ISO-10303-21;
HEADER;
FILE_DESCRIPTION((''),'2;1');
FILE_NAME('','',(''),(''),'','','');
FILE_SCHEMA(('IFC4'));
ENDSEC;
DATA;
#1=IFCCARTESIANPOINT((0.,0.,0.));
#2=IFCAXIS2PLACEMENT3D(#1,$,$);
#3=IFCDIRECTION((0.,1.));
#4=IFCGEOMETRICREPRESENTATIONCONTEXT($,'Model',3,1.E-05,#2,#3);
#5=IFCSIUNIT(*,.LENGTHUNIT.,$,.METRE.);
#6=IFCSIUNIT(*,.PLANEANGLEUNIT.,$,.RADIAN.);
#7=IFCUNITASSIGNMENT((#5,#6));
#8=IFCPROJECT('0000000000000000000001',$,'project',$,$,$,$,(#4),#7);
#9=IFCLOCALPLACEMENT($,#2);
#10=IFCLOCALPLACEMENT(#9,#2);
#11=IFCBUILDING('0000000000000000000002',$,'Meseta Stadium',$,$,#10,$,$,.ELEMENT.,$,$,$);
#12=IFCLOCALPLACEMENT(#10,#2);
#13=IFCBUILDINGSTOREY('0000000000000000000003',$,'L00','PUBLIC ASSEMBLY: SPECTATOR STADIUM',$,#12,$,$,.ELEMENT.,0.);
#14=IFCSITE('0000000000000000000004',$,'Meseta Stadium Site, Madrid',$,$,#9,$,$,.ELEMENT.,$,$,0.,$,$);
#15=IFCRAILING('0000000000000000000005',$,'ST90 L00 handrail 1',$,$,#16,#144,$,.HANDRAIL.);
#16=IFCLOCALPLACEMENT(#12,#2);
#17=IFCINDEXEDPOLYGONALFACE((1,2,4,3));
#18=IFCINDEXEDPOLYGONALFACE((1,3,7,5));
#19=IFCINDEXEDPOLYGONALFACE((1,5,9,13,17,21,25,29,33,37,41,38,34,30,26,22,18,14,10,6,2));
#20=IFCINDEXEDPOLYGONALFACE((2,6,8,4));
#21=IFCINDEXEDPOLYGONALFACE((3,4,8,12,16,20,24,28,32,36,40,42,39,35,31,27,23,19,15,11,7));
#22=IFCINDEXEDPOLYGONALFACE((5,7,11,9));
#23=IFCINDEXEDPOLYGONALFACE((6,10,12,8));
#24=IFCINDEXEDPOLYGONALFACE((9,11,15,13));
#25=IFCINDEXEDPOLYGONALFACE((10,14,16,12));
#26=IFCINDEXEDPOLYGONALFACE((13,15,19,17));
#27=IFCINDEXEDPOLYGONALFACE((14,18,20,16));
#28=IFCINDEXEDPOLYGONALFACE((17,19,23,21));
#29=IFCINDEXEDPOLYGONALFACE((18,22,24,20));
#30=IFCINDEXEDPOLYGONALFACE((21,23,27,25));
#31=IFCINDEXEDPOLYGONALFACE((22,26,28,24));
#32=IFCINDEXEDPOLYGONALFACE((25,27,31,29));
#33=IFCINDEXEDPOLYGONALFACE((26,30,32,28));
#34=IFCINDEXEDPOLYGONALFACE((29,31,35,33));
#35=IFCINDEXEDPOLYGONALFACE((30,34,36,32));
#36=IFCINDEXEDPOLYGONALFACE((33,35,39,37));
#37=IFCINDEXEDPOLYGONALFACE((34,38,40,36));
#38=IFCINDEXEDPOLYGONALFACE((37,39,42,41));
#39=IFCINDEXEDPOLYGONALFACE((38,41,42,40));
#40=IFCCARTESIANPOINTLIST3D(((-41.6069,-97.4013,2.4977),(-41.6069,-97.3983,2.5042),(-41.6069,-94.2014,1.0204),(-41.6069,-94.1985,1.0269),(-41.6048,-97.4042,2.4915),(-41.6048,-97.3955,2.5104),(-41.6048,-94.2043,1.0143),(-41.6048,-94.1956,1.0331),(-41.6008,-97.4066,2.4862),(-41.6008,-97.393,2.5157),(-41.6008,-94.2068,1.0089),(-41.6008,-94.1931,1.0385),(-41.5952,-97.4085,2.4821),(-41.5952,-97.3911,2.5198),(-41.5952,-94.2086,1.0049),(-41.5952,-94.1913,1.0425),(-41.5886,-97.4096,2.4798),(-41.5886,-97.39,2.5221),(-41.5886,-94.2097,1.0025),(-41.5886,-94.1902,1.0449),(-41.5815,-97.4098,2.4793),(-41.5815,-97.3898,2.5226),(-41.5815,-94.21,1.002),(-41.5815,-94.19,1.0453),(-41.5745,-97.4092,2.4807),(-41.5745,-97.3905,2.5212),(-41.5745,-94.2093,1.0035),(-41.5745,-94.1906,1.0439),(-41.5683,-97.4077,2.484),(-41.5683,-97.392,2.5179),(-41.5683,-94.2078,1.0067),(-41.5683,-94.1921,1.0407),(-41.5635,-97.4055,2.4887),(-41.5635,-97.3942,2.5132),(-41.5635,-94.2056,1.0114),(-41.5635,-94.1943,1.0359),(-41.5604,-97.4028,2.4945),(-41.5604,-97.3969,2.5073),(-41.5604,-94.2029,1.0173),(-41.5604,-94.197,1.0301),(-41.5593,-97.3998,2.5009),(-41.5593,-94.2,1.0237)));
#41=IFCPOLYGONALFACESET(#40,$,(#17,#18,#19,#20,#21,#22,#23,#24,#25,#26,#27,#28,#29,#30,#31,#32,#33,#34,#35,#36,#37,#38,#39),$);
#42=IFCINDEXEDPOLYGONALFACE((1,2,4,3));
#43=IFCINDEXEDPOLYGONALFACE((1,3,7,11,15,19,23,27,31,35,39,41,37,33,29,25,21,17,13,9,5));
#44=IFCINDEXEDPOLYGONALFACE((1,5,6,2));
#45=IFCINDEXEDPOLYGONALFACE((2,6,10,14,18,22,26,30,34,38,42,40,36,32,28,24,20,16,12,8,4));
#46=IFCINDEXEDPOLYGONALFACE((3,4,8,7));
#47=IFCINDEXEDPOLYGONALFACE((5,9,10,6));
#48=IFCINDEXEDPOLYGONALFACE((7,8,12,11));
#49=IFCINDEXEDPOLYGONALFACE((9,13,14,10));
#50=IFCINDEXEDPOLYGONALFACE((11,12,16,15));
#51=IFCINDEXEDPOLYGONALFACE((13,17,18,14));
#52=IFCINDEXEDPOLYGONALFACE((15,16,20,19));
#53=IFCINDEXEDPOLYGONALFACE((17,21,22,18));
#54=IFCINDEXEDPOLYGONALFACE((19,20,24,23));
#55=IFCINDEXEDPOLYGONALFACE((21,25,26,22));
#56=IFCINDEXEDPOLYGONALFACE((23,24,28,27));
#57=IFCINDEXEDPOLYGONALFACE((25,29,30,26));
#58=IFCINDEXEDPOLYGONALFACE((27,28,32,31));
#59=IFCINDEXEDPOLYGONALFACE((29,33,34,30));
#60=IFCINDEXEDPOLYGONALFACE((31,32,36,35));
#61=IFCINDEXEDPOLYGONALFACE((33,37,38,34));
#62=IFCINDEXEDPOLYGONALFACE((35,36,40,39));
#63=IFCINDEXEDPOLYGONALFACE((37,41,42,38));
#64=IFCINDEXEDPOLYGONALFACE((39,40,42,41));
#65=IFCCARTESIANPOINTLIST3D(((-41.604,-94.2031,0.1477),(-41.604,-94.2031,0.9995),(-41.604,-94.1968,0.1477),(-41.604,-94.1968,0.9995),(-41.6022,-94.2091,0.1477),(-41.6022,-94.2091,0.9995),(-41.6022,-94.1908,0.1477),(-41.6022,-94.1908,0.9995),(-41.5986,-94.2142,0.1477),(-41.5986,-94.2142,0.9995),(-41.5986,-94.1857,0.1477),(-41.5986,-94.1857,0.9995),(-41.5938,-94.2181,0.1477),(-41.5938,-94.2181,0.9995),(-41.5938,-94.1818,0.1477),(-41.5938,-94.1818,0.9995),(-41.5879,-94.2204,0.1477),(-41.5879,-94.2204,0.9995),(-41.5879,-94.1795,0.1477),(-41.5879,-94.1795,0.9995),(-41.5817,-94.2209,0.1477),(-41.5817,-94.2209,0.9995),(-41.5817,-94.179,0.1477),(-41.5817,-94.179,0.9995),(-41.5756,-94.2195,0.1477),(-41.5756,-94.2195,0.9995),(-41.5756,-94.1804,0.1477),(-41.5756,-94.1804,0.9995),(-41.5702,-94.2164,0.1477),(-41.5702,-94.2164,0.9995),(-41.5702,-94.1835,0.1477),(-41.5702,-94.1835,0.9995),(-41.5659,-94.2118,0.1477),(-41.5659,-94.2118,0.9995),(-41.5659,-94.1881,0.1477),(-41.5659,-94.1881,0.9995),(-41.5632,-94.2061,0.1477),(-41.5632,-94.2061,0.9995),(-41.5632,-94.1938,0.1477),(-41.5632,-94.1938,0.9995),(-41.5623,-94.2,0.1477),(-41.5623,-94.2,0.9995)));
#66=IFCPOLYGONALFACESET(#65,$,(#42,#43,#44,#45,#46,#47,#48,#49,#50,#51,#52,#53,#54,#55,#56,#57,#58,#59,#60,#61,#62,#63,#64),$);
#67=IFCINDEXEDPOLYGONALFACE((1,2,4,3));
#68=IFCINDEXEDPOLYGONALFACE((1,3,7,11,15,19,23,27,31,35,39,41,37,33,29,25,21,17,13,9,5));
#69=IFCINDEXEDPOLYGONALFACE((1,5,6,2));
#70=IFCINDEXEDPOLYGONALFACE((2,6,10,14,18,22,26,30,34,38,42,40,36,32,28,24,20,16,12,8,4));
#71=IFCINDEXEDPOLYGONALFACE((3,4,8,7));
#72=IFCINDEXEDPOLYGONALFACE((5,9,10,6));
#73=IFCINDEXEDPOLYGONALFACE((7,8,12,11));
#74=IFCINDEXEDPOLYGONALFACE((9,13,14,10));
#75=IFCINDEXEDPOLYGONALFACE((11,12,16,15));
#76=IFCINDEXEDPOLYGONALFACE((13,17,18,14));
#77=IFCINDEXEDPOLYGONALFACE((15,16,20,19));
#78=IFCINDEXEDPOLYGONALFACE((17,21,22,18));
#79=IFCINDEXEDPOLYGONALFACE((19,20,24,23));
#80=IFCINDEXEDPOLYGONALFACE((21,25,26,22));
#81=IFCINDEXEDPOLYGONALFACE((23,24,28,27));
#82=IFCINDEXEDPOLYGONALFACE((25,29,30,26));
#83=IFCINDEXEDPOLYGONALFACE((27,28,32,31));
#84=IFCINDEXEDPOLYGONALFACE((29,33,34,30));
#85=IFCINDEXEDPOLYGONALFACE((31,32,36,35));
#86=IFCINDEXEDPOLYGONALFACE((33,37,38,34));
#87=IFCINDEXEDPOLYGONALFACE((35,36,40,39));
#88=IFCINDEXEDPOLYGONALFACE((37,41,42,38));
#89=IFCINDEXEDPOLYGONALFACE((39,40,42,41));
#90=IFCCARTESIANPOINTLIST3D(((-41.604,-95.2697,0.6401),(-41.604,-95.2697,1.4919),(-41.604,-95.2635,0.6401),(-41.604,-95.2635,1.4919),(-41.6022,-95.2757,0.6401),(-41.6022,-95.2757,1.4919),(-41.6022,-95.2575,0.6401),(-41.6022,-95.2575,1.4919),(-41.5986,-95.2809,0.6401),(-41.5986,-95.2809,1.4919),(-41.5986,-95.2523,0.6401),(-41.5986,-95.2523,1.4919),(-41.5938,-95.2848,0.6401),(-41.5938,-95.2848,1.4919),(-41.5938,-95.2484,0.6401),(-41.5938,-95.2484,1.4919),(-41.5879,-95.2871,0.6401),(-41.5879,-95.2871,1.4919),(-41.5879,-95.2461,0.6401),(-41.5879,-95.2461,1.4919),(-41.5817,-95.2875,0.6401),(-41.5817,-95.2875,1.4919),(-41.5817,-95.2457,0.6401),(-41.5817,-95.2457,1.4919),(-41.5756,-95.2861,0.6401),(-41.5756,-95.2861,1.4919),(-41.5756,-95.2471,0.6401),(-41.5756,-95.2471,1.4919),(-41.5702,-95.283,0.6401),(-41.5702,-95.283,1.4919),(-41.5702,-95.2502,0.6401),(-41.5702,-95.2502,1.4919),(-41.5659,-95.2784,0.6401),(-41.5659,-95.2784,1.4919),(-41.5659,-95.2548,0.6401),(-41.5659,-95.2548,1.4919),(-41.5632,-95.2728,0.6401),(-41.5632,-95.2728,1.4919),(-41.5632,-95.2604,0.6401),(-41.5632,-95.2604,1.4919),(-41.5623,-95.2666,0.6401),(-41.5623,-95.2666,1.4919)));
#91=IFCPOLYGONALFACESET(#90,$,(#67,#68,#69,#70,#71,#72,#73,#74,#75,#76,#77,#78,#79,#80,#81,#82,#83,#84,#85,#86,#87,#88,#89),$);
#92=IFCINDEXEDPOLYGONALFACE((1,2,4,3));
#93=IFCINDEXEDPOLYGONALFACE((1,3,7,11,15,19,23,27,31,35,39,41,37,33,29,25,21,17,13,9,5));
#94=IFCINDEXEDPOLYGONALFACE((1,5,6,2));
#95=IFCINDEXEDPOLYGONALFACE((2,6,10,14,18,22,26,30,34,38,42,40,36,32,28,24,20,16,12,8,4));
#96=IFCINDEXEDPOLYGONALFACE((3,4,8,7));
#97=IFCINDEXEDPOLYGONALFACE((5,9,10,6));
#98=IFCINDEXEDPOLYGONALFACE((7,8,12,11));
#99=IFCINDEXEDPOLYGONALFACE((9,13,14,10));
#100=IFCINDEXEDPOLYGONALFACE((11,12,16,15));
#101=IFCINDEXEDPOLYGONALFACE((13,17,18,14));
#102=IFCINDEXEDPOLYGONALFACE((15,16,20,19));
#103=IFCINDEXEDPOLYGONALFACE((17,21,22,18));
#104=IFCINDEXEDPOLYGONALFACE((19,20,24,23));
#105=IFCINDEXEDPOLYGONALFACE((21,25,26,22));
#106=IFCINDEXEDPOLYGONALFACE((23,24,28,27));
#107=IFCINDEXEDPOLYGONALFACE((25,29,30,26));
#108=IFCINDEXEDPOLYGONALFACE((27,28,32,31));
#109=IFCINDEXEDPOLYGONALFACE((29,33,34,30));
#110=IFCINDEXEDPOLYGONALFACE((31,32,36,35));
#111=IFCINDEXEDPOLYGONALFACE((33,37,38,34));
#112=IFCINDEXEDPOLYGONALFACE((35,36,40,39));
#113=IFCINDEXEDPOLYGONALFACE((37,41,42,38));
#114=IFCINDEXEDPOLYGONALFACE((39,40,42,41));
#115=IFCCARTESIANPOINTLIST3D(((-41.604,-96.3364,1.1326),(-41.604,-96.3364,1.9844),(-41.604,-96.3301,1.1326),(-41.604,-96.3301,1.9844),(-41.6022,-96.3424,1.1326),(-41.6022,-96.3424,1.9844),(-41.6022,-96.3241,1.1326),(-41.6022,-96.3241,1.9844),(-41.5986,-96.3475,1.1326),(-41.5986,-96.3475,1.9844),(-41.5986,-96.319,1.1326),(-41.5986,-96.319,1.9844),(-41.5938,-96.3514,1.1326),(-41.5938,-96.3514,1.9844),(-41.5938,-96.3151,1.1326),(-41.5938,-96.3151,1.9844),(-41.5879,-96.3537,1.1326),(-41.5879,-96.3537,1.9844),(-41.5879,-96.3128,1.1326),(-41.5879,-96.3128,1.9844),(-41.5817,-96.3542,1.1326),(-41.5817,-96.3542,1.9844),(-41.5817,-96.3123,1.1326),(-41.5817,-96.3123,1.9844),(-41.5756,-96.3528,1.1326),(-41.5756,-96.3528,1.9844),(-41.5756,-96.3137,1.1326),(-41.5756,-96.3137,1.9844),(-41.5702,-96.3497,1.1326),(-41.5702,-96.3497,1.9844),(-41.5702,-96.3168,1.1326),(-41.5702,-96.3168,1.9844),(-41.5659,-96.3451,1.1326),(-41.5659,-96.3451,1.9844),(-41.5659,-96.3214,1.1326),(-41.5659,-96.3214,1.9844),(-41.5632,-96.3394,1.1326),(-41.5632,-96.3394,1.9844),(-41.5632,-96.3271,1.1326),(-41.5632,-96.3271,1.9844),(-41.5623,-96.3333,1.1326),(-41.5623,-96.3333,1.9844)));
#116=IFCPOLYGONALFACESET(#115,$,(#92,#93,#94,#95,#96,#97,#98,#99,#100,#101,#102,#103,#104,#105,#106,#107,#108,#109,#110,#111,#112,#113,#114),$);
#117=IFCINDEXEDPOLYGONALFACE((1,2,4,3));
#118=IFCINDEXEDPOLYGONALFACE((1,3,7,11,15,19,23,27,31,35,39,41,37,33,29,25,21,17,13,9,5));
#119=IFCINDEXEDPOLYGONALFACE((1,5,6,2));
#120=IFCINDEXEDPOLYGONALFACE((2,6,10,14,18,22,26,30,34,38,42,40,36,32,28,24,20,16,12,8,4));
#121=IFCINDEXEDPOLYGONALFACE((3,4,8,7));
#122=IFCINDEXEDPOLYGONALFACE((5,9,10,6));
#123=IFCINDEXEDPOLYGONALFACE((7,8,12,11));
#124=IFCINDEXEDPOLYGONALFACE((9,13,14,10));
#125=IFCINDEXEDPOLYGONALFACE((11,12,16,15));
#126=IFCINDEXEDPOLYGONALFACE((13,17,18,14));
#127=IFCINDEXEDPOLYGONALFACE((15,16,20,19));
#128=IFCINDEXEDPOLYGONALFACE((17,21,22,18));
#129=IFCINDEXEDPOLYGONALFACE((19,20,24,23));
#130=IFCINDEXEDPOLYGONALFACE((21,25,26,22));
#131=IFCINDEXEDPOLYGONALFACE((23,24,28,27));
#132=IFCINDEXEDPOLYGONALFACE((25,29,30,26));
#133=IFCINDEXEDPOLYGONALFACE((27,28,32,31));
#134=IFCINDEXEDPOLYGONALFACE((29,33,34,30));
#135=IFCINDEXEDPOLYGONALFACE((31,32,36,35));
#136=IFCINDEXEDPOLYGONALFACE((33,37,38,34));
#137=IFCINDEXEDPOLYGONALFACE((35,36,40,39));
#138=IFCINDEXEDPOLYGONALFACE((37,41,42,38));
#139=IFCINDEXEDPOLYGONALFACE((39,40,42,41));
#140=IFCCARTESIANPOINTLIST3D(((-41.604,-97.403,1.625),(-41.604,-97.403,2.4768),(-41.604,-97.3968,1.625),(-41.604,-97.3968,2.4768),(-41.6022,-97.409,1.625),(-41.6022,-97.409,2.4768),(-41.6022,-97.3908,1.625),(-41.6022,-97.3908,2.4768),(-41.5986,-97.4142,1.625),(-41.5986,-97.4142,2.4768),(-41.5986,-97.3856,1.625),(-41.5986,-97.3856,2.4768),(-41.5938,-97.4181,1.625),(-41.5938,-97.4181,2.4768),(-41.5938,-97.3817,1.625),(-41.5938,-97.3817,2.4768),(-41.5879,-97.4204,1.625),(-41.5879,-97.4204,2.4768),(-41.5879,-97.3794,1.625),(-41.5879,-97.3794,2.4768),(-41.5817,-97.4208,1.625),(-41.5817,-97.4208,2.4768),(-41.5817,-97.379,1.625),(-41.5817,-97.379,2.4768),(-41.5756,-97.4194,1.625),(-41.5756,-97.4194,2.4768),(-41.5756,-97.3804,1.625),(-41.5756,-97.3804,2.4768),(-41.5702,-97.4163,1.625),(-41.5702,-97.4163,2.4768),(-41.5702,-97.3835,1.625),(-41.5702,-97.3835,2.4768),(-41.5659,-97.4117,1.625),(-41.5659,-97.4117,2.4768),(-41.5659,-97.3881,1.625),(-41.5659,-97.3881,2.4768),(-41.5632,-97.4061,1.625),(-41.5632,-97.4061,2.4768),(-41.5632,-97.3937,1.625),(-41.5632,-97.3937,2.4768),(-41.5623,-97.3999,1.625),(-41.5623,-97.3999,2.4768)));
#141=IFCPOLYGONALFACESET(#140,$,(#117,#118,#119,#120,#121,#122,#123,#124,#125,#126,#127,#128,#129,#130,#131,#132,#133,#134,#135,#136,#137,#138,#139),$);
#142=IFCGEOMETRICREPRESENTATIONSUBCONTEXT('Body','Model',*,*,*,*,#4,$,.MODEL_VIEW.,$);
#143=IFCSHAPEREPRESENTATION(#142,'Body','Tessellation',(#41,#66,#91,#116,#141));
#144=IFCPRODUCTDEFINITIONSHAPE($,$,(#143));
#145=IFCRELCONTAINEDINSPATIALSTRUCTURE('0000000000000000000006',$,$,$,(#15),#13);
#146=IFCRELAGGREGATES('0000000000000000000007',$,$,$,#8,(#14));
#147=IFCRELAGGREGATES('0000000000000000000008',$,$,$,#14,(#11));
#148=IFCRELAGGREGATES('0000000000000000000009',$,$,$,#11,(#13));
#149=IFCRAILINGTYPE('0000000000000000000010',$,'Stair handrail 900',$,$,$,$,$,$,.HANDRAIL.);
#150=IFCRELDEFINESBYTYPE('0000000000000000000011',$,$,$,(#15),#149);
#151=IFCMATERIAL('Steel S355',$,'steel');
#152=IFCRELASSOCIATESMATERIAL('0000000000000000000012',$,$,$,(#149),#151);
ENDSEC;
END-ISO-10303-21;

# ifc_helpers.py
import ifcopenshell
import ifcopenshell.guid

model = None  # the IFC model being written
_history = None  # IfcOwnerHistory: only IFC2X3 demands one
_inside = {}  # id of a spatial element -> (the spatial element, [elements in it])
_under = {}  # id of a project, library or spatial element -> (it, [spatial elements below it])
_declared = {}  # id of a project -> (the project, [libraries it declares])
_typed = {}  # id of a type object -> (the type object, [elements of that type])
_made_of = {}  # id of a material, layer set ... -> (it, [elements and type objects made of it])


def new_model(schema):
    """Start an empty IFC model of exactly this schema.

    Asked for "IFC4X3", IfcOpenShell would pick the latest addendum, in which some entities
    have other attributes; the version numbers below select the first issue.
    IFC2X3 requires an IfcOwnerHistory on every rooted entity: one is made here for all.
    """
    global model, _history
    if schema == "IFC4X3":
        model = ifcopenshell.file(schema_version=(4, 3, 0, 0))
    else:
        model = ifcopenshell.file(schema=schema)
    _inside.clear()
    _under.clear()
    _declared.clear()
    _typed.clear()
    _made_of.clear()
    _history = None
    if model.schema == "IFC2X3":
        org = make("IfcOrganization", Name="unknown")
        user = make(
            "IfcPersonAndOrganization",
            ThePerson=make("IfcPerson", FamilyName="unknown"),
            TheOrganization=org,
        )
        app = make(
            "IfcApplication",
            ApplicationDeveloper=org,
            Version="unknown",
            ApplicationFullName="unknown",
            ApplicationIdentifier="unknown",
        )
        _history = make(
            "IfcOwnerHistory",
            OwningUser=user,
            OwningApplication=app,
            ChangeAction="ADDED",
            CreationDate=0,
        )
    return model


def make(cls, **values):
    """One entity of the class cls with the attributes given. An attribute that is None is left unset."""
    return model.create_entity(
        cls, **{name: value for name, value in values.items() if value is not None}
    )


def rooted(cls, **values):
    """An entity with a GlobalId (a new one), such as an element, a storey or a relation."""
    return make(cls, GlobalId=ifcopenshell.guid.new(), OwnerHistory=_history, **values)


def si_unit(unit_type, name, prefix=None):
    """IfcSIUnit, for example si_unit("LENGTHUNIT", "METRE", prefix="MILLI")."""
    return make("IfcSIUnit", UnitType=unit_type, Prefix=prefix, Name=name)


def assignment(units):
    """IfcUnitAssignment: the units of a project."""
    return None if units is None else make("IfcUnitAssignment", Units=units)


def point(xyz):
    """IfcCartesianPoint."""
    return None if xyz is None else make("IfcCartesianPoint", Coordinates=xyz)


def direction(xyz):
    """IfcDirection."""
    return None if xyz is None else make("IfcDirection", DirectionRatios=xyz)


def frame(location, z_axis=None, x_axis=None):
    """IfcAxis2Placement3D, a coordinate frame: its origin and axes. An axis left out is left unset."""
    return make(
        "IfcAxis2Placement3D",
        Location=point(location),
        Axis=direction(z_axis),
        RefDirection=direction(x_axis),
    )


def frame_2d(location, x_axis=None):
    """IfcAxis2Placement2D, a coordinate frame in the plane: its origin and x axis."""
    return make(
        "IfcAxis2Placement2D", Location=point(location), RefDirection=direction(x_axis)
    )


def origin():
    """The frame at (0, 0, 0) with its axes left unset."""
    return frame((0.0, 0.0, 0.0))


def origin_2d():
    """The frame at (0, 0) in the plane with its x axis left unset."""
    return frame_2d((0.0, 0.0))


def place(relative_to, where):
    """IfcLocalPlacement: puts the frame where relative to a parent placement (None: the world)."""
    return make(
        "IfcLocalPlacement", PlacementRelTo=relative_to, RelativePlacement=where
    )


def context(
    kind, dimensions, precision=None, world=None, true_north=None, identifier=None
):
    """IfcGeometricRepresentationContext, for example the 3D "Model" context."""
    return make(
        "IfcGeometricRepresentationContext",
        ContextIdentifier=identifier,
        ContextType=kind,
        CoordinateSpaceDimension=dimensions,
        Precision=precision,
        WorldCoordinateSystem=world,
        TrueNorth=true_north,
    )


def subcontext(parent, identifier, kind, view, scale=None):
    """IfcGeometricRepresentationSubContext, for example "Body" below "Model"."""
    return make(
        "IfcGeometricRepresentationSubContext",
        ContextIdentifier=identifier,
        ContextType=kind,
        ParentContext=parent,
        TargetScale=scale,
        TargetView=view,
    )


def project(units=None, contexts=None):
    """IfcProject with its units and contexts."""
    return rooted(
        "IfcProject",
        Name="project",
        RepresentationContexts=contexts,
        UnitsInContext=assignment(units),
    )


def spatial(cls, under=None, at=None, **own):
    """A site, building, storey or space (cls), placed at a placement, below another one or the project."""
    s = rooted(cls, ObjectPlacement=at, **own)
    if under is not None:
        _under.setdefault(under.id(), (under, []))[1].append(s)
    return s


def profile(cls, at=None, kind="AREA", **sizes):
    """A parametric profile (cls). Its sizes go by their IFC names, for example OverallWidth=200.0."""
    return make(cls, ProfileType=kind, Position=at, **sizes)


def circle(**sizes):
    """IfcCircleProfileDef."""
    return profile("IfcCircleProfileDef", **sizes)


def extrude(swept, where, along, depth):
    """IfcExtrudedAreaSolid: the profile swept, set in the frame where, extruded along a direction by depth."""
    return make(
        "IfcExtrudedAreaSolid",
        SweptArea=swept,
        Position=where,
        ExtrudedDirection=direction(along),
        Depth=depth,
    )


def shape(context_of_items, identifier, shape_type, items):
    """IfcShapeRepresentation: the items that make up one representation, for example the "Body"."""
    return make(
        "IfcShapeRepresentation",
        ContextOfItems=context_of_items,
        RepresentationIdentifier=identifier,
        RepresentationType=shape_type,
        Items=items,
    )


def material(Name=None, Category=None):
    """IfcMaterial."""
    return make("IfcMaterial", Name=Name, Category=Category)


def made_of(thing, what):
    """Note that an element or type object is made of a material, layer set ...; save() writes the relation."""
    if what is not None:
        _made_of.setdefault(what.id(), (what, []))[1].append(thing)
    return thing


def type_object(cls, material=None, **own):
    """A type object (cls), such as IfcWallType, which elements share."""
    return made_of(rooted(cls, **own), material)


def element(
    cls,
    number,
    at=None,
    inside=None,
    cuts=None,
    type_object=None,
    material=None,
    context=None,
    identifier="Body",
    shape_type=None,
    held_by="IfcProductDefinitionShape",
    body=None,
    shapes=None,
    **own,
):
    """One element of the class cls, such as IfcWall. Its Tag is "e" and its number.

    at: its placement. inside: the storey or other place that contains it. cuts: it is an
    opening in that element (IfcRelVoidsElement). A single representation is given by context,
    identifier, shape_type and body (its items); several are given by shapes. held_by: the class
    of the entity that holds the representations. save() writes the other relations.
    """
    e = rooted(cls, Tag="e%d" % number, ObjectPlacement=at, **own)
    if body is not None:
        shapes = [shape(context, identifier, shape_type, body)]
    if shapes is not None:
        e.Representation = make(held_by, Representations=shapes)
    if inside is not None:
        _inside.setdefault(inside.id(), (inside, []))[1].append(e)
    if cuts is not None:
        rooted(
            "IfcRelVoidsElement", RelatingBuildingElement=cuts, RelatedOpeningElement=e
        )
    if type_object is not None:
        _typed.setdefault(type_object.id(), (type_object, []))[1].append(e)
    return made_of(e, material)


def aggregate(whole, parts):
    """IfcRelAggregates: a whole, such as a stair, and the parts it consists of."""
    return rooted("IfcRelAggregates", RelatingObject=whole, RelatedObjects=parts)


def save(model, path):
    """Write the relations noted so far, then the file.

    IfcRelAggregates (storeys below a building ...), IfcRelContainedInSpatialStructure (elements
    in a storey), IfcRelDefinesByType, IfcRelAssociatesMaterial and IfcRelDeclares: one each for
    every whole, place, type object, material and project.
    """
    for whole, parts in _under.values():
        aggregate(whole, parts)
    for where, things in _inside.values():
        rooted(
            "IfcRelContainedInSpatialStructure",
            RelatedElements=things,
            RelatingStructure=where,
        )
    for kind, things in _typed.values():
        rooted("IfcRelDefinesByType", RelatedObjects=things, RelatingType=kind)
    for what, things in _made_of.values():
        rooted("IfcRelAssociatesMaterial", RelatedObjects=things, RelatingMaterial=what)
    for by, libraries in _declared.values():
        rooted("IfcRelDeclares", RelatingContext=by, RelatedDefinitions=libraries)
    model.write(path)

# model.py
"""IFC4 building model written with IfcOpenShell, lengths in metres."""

from ifc_helpers import new_model, si_unit, direction, frame, origin, origin_2d, place, context, subcontext, project, spatial, circle, extrude, material, type_object, element, save


model = new_model("IFC4")

# Units and contexts
model_context = context("Model", 3, precision=1e-05, world=origin(), true_north=direction((0.0, 1.0)))
body_context = subcontext(model_context, "Body", "Model", "MODEL_VIEW")
ifc_project = project(units=[si_unit("LENGTHUNIT", "METRE"), si_unit("PLANEANGLEUNIT", "RADIAN")], contexts=[model_context])

# Site, building, storey
site_placement = place(None, origin())
site = spatial("IfcSite", under=ifc_project, at=site_placement, Name="Meseta Stadium Site, Madrid", CompositionType="ELEMENT", RefElevation=0.0)
building_placement = place(site_placement, origin())
building = spatial("IfcBuilding", under=site, at=building_placement, Name="Meseta Stadium", CompositionType="ELEMENT")
storey_placement = place(building_placement, origin())
storey = spatial("IfcBuildingStorey", under=building, at=storey_placement, Name="L00", Description="PUBLIC ASSEMBLY: SPECTATOR STADIUM", CompositionType="ELEMENT", Elevation=0.0)

# Railing
ifc_material_1 = material(Name="Steel S355", Category="steel")
railing_type_1 = type_object("IfcRailingType", Name="Stair handrail 900", PredefinedType="HANDRAIL", material=ifc_material_1)
for number, where, name in (
    (1, (-41.5833, -94.2, 0.1477), "ST90 L00 handrail 1"),
):
    element("IfcRailing", number, at=place(storey_placement, frame(where)), inside=storey, type_object=railing_type_1, Name=name, PredefinedType="HANDRAIL", context=body_context, shape_type="SweptSolid", body=[
        extrude(circle(Radius=0.0239, at=origin_2d()), frame((0.0, 0.0, 0.876), z_axis=(0.0, -0.907917, 0.41915), x_axis=(1.0, 0.0, 0.0)), (0.0, 0.0, 1.0), 3.5244),
        extrude(circle(Radius=0.021, at=origin_2d()), origin(), (0.0, 0.0, 1.0), 0.8518),
        extrude(circle(Radius=0.021, at=origin_2d()), frame((0.0, -1.0667, 0.4924)), (0.0, 0.0, 1.0), 0.8518),
        extrude(circle(Radius=0.021, at=origin_2d()), frame((0.0, -2.1333, 0.9849)), (0.0, 0.0, 1.0), 0.8518),
        extrude(circle(Radius=0.021, at=origin_2d()), frame((0.0, -3.2, 1.4773)), (0.0, 0.0, 1.0), 0.8518),
    ])

save(model, "model.ifc")
